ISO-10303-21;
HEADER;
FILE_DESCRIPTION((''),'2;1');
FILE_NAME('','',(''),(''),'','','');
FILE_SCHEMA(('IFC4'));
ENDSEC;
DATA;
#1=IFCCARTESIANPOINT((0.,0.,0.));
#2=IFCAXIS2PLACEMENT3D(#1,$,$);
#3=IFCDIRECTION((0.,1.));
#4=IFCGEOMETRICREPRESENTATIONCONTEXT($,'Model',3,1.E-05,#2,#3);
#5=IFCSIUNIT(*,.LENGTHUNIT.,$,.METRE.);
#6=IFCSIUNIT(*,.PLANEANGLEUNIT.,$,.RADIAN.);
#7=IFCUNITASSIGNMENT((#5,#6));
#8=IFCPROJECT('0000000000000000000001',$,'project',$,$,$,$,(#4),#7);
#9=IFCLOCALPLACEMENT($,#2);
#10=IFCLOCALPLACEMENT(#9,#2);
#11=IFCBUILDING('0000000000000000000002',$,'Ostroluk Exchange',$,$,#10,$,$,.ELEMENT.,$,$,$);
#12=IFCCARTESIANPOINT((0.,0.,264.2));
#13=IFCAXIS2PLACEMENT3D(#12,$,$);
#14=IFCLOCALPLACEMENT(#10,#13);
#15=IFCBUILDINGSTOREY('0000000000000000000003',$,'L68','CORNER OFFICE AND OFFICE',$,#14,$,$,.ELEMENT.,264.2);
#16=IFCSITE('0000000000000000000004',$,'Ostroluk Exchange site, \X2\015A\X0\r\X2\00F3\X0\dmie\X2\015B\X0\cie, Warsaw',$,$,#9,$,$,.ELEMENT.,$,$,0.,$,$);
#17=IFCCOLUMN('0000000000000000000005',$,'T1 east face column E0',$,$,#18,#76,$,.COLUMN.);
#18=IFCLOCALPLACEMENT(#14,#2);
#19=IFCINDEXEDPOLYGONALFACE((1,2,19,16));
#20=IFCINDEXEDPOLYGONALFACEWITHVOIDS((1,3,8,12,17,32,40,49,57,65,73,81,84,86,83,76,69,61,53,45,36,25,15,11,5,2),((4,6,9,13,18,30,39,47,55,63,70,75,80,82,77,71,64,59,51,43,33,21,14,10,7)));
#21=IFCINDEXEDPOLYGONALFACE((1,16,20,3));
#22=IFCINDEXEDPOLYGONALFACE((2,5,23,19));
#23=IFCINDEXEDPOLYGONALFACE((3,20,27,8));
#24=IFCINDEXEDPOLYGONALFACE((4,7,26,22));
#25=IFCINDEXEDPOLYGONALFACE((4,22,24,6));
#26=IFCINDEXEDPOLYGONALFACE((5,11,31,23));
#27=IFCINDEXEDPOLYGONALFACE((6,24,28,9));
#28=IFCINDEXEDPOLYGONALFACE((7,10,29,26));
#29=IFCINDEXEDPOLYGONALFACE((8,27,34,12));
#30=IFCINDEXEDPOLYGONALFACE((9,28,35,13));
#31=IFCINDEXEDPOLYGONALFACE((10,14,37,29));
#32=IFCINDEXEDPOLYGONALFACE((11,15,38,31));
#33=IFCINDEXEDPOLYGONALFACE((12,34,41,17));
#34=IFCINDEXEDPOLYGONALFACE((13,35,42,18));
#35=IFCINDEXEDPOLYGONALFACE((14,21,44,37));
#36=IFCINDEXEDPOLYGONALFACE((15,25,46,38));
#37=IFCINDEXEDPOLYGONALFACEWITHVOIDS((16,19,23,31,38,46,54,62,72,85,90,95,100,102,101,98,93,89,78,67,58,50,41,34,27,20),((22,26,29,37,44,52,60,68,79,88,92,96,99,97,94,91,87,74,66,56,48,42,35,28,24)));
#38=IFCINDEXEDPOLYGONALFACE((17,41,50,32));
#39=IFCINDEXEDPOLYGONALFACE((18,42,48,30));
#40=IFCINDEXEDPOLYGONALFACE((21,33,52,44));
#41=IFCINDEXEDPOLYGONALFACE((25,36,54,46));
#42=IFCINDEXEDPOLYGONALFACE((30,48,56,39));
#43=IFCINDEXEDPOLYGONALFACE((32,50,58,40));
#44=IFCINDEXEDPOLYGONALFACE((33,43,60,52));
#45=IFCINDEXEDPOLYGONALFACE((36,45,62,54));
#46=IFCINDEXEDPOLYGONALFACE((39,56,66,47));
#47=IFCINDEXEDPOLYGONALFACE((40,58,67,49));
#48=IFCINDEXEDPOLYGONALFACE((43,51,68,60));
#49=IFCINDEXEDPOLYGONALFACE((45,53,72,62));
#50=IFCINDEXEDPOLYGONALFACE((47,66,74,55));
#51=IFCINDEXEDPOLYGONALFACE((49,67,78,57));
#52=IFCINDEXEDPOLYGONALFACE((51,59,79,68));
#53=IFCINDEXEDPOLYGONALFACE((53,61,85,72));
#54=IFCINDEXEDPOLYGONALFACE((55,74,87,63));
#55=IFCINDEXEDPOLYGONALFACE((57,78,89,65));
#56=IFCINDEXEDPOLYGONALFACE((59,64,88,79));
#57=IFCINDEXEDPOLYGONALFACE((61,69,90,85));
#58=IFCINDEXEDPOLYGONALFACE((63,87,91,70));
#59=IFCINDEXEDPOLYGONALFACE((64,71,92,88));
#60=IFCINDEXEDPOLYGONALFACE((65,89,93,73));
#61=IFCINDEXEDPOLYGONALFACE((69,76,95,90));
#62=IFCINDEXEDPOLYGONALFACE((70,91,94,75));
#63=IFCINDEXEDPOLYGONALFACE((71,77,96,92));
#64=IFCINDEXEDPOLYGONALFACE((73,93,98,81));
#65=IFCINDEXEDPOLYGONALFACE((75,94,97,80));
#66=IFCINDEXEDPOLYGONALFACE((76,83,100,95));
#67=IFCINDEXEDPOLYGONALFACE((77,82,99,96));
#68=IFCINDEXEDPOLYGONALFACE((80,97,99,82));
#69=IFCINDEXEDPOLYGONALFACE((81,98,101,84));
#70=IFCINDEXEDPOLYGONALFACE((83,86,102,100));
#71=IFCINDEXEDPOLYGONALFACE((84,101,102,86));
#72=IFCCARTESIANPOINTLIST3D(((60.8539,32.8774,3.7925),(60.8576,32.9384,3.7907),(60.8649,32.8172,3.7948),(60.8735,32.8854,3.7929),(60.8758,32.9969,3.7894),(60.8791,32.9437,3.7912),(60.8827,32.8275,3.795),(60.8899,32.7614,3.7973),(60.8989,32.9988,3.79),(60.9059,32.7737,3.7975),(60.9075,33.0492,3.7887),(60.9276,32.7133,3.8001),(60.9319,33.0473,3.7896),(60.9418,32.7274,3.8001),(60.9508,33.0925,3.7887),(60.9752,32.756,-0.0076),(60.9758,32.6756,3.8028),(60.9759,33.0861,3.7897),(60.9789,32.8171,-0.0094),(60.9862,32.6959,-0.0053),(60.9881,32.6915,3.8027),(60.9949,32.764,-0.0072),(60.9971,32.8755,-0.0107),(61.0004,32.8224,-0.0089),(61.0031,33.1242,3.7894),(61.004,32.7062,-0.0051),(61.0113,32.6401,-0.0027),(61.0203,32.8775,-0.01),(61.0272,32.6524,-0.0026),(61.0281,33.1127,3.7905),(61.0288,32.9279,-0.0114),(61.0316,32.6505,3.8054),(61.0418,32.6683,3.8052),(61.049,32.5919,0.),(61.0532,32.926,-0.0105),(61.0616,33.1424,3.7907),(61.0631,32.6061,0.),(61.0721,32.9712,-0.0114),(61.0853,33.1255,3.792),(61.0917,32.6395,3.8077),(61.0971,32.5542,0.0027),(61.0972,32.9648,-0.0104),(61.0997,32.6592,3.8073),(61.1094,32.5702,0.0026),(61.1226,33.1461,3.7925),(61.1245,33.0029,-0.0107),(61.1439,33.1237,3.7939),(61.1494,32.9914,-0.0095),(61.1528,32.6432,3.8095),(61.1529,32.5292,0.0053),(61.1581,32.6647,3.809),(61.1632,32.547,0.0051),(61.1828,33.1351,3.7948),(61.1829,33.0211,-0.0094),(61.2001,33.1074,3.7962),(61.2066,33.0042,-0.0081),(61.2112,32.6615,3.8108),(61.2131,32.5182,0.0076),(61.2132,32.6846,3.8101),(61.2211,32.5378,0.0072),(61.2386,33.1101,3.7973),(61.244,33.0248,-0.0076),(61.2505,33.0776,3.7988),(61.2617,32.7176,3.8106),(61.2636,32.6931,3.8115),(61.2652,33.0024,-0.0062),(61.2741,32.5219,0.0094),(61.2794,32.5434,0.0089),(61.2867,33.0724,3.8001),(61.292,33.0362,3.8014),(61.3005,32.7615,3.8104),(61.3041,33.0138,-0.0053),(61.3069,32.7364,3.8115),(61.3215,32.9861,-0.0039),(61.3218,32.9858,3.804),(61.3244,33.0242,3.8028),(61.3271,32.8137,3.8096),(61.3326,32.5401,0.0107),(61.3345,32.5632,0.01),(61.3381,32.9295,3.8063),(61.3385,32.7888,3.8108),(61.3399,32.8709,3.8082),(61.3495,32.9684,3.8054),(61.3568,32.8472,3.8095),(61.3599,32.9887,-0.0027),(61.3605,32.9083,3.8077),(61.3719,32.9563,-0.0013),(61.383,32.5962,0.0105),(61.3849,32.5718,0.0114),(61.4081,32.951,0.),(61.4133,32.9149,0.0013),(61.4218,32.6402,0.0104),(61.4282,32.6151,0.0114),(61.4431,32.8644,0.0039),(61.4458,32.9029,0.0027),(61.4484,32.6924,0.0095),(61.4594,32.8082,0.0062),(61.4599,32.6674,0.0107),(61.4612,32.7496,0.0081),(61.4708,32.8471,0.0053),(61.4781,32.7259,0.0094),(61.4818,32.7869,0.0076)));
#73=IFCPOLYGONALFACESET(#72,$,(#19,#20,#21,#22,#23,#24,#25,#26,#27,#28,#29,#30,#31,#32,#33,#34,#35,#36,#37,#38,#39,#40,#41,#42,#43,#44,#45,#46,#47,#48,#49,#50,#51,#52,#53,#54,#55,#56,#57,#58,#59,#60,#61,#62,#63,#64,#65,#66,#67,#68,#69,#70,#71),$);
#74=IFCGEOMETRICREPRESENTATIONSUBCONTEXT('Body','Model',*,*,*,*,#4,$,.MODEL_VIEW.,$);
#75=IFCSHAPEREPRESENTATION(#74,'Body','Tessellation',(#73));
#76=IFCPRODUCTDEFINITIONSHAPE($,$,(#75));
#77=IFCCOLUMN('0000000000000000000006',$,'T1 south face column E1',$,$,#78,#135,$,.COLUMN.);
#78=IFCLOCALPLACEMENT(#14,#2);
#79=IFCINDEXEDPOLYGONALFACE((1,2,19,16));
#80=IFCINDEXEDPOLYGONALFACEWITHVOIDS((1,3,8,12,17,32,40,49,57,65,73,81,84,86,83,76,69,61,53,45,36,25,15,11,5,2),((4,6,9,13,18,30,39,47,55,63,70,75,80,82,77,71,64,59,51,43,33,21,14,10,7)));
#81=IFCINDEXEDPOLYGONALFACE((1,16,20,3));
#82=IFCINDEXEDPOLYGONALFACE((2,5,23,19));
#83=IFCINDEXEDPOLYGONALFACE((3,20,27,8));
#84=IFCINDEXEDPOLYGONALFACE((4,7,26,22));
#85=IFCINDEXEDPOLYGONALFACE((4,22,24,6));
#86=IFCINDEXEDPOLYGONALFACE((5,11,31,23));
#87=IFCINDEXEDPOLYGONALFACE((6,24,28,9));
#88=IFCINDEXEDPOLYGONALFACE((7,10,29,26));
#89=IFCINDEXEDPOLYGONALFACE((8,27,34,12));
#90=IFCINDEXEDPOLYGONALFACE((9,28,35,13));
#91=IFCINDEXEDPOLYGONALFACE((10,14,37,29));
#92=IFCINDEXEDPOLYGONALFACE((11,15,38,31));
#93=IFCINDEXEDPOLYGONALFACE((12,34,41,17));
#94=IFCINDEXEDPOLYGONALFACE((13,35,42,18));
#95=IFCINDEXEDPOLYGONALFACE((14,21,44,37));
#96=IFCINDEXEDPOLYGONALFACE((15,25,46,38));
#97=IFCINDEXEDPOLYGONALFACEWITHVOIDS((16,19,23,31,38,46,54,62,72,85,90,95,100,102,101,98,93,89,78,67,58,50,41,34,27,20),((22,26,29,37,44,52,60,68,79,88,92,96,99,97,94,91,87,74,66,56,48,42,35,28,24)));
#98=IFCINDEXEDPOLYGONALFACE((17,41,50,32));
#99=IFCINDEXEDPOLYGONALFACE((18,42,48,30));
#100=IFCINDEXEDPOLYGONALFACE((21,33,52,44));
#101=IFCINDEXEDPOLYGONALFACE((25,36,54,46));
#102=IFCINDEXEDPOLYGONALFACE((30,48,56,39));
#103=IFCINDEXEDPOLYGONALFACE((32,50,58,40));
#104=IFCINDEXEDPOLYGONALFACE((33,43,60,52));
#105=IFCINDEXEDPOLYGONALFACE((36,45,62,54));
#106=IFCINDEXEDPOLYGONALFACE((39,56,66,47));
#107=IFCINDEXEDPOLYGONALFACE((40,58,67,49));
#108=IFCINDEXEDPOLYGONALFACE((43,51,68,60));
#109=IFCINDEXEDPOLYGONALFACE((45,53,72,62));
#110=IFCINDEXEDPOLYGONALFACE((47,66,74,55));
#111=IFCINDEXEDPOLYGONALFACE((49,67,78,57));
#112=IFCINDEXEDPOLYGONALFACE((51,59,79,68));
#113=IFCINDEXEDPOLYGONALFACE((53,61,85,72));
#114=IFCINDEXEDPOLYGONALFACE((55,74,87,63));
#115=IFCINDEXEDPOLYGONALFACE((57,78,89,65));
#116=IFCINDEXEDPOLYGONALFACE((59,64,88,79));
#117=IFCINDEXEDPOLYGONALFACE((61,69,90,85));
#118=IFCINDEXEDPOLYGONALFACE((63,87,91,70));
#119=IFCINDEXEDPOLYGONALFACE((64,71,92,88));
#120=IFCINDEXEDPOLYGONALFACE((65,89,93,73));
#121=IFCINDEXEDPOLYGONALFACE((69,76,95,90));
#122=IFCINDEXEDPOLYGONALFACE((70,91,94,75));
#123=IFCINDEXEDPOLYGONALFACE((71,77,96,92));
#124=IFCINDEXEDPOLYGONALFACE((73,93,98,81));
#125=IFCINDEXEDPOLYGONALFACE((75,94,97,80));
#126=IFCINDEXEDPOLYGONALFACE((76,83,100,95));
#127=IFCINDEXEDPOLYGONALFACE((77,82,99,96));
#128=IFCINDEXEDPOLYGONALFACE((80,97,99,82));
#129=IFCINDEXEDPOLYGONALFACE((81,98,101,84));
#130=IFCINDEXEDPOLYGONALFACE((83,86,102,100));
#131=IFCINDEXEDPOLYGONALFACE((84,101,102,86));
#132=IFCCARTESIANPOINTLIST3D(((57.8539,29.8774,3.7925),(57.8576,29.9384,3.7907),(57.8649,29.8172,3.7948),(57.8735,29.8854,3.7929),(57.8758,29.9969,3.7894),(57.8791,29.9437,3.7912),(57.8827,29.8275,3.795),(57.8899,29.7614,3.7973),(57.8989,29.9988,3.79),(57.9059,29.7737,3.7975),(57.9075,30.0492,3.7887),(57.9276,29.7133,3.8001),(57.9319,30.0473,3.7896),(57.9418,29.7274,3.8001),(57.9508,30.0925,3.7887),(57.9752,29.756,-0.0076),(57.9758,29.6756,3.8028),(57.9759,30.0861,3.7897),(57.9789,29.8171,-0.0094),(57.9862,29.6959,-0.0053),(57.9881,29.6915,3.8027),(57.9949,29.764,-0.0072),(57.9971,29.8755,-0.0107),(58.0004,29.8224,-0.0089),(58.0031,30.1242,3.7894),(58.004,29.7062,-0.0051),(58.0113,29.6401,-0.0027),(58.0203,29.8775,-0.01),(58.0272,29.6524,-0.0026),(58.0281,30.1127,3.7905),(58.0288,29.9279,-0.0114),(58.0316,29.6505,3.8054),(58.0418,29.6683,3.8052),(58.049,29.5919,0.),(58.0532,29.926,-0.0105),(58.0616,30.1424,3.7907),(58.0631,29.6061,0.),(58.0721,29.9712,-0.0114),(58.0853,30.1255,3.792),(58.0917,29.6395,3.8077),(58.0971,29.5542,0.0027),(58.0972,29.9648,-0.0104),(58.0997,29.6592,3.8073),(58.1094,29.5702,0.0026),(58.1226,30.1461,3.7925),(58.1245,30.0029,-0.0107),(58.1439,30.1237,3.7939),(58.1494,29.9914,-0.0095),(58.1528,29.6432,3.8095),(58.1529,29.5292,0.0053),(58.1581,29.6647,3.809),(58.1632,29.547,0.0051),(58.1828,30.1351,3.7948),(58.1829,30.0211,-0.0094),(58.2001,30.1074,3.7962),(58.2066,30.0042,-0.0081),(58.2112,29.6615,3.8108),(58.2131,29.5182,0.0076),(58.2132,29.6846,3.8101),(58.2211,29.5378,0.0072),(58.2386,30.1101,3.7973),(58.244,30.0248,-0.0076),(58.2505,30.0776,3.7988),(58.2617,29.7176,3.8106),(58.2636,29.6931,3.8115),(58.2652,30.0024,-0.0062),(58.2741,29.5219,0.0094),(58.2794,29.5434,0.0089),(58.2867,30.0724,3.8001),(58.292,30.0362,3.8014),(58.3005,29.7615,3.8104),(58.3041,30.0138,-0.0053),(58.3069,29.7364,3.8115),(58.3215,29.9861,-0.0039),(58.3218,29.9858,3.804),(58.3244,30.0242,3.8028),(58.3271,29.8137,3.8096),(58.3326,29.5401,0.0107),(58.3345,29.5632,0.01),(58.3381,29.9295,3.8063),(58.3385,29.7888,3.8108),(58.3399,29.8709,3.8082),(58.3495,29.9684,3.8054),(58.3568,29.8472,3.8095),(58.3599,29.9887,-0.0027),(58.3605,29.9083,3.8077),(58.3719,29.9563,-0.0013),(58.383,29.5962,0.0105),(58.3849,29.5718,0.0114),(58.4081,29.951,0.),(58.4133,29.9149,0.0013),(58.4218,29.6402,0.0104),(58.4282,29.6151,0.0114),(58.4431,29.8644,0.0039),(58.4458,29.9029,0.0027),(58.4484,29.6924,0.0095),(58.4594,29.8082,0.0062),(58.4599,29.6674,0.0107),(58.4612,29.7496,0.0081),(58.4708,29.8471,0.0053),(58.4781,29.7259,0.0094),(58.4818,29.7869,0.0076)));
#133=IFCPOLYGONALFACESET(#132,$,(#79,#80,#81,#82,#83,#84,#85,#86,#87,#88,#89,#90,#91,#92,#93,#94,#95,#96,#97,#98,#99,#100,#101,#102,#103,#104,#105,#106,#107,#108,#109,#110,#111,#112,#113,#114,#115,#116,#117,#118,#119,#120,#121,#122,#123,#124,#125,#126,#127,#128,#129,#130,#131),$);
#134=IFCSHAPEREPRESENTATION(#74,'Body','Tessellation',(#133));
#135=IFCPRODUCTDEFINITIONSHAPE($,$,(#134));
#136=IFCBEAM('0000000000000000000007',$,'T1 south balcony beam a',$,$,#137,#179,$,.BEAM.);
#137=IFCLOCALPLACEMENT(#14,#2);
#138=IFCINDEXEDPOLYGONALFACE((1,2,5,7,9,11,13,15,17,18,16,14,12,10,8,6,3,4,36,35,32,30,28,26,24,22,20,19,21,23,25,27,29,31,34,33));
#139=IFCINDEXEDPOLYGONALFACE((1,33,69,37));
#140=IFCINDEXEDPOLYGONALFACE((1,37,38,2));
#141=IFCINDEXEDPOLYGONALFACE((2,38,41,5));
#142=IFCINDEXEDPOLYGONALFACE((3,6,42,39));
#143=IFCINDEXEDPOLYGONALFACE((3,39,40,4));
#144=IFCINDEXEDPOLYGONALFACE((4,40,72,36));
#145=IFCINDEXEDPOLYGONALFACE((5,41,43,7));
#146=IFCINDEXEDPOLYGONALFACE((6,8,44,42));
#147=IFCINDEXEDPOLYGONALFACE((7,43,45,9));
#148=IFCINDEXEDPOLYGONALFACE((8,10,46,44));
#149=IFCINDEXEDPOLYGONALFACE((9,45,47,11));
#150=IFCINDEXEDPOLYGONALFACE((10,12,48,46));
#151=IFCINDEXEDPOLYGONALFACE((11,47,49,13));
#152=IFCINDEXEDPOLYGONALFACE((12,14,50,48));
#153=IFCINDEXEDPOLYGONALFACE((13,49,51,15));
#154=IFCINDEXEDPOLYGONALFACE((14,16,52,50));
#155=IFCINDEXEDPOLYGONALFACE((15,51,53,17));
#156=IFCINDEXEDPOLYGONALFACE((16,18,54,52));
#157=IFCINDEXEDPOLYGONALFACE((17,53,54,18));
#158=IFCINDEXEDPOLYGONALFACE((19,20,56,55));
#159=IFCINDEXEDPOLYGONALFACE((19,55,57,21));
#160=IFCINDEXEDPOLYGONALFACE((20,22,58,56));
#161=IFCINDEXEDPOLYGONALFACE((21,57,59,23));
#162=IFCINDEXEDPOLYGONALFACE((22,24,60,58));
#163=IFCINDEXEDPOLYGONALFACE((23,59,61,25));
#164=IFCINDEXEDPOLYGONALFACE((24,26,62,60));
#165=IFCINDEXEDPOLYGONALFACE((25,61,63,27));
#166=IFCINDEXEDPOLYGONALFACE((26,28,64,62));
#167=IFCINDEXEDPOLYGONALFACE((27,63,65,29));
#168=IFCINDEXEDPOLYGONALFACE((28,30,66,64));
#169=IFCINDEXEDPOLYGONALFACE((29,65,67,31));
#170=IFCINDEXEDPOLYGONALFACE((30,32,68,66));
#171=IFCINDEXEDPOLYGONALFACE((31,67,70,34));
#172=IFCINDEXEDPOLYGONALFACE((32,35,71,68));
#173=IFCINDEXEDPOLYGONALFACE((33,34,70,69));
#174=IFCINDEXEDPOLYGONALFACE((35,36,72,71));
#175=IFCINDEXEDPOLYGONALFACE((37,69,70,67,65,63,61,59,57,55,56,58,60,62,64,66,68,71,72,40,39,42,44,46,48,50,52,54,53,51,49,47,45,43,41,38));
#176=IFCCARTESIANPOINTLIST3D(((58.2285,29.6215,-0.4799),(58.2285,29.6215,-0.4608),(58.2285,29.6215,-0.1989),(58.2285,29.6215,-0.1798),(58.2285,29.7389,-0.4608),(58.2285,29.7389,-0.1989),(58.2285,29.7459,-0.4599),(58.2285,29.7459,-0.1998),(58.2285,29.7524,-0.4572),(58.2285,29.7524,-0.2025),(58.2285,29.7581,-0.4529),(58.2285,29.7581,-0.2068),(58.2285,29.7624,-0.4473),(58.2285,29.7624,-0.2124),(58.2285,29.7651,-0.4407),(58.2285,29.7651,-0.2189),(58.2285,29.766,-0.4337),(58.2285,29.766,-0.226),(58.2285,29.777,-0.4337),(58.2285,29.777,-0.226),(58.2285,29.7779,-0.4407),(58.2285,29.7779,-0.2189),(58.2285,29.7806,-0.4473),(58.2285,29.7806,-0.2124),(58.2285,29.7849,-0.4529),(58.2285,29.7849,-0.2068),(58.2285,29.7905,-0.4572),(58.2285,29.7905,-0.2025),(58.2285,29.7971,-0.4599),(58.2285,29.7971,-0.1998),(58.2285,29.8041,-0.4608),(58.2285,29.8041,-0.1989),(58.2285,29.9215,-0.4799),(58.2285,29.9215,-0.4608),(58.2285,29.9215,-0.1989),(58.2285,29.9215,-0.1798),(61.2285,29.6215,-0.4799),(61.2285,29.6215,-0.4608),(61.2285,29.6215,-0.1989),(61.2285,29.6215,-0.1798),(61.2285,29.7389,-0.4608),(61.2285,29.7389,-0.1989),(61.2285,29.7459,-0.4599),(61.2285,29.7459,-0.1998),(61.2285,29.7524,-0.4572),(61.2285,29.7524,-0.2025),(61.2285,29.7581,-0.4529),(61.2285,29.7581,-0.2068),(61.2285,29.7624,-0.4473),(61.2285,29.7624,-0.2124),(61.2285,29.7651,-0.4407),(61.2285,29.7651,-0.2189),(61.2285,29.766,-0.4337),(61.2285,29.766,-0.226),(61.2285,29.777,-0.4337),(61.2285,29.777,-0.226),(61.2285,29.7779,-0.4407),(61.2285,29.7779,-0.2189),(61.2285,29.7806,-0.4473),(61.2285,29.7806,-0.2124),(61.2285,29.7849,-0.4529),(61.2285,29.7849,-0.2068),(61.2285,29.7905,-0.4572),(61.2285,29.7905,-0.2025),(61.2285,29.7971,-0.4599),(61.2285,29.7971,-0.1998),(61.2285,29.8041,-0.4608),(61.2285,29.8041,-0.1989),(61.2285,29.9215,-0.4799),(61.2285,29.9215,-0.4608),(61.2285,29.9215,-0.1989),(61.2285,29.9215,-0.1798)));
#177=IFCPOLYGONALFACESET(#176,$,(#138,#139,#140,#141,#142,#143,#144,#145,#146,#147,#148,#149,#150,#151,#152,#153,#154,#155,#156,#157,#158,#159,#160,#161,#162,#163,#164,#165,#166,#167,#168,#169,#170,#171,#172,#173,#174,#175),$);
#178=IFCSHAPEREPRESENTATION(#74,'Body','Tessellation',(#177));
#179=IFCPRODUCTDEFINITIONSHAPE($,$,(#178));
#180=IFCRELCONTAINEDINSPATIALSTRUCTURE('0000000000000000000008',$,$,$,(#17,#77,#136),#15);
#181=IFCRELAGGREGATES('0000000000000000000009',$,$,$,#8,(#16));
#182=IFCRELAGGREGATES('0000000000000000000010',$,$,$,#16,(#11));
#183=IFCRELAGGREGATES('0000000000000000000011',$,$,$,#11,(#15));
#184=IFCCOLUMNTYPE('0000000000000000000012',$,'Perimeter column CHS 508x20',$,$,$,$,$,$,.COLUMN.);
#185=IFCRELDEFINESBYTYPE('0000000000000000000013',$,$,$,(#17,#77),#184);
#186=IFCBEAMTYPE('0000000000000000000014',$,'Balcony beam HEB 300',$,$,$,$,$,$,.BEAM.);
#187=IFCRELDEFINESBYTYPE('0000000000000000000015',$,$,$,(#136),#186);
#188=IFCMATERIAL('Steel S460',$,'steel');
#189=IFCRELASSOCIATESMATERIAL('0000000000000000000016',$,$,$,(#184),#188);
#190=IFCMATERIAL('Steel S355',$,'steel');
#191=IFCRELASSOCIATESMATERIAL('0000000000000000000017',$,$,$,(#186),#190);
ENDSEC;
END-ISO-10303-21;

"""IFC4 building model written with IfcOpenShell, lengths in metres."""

from ifc_helpers import new_model, si_unit, direction, frame, origin, origin_2d, place, context, subcontext, project, spatial, hollow_circle, i_section, extrude, material, material_profile, profile_set, type_object, element, save


model = new_model("IFC4")

# Units and contexts
model_context = context("Model", 3, precision=1e-05, world=origin(), true_north=direction((0.0, 1.0)))
body_context = subcontext(model_context, "Body", "Model", "MODEL_VIEW")
ifc_project = project(units=[si_unit("LENGTHUNIT", "METRE"), si_unit("PLANEANGLEUNIT", "RADIAN")], contexts=[model_context])

# Site, building, storey
site_placement = place(None, origin())
site = spatial("IfcSite", under=ifc_project, at=site_placement, Name="Ostroluk Exchange site, Śródmieście, Warsaw", CompositionType="ELEMENT", RefElevation=0.0)
building_placement = place(site_placement, origin())
building = spatial("IfcBuilding", under=site, at=building_placement, Name="Ostroluk Exchange", CompositionType="ELEMENT")
storey_placement = place(building_placement, frame((0.0, 0.0, 264.2)))
storey = spatial("IfcBuildingStorey", under=building, at=storey_placement, Name="L68", Description="CORNER OFFICE AND OFFICE", CompositionType="ELEMENT", Elevation=264.2)

# Columns
ifc_material_1 = material(Name="Steel S460", Category="steel")
ifc_material_profile_1 = material_profile(ifc_material_1, hollow_circle(Radius=0.2539, WallThickness=0.02, at=origin_2d()), Name="CHS 508x20")
ifc_profile_set_1 = profile_set([ifc_material_profile_1], Name="Steel S460")
column_type = type_object("IfcColumnType", Name="Perimeter column CHS 508x20", PredefinedType="COLUMN", material=ifc_profile_set_1)
for number, where, z_axis, x_axis, name in (
    (1, (61.2285, 32.7715, 0.0), (-0.031898, 0.031898, 0.998982), (-0.707107, -0.707107, 0.0), "T1 east face column E0"),
    (2, (58.2285, 29.7715, 0.0), (-0.031898, 0.031898, 0.998982), (-0.707107, -0.707107, 0.0), "T1 south face column E1"),
):
    element("IfcColumn", number, at=place(storey_placement, frame(where, z_axis=z_axis, x_axis=x_axis)), inside=storey, type_object=column_type, Name=name, PredefinedType="COLUMN", context=body_context, shape_type="SweptSolid", body=[
        extrude(hollow_circle(Radius=0.2539, WallThickness=0.02, at=origin_2d()), origin(), (0.0, 0.0, 1.0), 3.804),
    ])

# Beam
ifc_material_2 = material(Name="Steel S355", Category="steel")
ifc_material_profile_2 = material_profile(ifc_material_2, i_section(OverallWidth=0.3, OverallDepth=0.3, WebThickness=0.011, FlangeThickness=0.019, FilletRadius=0.0271, at=origin_2d()), Name="HEB 300")
ifc_profile_set_2 = profile_set([ifc_material_profile_2], Name="Steel S355")
beam_type_1 = type_object("IfcBeamType", Name="Balcony beam HEB 300", PredefinedType="BEAM", material=ifc_profile_set_2)
for number, where, z_axis, x_axis, name in (
    (3, (58.2285, 29.7715, -0.3298), (1.0, 0.0, 0.0), (0.0, 1.0, 0.0), "T1 south balcony beam a"),
):
    element("IfcBeam", number, at=place(storey_placement, frame(where, z_axis=z_axis, x_axis=x_axis)), inside=storey, type_object=beam_type_1, Name=name, PredefinedType="BEAM", context=body_context, shape_type="SweptSolid", body=[
        extrude(i_section(OverallWidth=0.3, OverallDepth=0.3, WebThickness=0.011, FlangeThickness=0.019, FilletRadius=0.0271, at=origin_2d()), origin(), (0.0, 0.0, 1.0), 3.0),
    ])

save(model, "model.ifc")
